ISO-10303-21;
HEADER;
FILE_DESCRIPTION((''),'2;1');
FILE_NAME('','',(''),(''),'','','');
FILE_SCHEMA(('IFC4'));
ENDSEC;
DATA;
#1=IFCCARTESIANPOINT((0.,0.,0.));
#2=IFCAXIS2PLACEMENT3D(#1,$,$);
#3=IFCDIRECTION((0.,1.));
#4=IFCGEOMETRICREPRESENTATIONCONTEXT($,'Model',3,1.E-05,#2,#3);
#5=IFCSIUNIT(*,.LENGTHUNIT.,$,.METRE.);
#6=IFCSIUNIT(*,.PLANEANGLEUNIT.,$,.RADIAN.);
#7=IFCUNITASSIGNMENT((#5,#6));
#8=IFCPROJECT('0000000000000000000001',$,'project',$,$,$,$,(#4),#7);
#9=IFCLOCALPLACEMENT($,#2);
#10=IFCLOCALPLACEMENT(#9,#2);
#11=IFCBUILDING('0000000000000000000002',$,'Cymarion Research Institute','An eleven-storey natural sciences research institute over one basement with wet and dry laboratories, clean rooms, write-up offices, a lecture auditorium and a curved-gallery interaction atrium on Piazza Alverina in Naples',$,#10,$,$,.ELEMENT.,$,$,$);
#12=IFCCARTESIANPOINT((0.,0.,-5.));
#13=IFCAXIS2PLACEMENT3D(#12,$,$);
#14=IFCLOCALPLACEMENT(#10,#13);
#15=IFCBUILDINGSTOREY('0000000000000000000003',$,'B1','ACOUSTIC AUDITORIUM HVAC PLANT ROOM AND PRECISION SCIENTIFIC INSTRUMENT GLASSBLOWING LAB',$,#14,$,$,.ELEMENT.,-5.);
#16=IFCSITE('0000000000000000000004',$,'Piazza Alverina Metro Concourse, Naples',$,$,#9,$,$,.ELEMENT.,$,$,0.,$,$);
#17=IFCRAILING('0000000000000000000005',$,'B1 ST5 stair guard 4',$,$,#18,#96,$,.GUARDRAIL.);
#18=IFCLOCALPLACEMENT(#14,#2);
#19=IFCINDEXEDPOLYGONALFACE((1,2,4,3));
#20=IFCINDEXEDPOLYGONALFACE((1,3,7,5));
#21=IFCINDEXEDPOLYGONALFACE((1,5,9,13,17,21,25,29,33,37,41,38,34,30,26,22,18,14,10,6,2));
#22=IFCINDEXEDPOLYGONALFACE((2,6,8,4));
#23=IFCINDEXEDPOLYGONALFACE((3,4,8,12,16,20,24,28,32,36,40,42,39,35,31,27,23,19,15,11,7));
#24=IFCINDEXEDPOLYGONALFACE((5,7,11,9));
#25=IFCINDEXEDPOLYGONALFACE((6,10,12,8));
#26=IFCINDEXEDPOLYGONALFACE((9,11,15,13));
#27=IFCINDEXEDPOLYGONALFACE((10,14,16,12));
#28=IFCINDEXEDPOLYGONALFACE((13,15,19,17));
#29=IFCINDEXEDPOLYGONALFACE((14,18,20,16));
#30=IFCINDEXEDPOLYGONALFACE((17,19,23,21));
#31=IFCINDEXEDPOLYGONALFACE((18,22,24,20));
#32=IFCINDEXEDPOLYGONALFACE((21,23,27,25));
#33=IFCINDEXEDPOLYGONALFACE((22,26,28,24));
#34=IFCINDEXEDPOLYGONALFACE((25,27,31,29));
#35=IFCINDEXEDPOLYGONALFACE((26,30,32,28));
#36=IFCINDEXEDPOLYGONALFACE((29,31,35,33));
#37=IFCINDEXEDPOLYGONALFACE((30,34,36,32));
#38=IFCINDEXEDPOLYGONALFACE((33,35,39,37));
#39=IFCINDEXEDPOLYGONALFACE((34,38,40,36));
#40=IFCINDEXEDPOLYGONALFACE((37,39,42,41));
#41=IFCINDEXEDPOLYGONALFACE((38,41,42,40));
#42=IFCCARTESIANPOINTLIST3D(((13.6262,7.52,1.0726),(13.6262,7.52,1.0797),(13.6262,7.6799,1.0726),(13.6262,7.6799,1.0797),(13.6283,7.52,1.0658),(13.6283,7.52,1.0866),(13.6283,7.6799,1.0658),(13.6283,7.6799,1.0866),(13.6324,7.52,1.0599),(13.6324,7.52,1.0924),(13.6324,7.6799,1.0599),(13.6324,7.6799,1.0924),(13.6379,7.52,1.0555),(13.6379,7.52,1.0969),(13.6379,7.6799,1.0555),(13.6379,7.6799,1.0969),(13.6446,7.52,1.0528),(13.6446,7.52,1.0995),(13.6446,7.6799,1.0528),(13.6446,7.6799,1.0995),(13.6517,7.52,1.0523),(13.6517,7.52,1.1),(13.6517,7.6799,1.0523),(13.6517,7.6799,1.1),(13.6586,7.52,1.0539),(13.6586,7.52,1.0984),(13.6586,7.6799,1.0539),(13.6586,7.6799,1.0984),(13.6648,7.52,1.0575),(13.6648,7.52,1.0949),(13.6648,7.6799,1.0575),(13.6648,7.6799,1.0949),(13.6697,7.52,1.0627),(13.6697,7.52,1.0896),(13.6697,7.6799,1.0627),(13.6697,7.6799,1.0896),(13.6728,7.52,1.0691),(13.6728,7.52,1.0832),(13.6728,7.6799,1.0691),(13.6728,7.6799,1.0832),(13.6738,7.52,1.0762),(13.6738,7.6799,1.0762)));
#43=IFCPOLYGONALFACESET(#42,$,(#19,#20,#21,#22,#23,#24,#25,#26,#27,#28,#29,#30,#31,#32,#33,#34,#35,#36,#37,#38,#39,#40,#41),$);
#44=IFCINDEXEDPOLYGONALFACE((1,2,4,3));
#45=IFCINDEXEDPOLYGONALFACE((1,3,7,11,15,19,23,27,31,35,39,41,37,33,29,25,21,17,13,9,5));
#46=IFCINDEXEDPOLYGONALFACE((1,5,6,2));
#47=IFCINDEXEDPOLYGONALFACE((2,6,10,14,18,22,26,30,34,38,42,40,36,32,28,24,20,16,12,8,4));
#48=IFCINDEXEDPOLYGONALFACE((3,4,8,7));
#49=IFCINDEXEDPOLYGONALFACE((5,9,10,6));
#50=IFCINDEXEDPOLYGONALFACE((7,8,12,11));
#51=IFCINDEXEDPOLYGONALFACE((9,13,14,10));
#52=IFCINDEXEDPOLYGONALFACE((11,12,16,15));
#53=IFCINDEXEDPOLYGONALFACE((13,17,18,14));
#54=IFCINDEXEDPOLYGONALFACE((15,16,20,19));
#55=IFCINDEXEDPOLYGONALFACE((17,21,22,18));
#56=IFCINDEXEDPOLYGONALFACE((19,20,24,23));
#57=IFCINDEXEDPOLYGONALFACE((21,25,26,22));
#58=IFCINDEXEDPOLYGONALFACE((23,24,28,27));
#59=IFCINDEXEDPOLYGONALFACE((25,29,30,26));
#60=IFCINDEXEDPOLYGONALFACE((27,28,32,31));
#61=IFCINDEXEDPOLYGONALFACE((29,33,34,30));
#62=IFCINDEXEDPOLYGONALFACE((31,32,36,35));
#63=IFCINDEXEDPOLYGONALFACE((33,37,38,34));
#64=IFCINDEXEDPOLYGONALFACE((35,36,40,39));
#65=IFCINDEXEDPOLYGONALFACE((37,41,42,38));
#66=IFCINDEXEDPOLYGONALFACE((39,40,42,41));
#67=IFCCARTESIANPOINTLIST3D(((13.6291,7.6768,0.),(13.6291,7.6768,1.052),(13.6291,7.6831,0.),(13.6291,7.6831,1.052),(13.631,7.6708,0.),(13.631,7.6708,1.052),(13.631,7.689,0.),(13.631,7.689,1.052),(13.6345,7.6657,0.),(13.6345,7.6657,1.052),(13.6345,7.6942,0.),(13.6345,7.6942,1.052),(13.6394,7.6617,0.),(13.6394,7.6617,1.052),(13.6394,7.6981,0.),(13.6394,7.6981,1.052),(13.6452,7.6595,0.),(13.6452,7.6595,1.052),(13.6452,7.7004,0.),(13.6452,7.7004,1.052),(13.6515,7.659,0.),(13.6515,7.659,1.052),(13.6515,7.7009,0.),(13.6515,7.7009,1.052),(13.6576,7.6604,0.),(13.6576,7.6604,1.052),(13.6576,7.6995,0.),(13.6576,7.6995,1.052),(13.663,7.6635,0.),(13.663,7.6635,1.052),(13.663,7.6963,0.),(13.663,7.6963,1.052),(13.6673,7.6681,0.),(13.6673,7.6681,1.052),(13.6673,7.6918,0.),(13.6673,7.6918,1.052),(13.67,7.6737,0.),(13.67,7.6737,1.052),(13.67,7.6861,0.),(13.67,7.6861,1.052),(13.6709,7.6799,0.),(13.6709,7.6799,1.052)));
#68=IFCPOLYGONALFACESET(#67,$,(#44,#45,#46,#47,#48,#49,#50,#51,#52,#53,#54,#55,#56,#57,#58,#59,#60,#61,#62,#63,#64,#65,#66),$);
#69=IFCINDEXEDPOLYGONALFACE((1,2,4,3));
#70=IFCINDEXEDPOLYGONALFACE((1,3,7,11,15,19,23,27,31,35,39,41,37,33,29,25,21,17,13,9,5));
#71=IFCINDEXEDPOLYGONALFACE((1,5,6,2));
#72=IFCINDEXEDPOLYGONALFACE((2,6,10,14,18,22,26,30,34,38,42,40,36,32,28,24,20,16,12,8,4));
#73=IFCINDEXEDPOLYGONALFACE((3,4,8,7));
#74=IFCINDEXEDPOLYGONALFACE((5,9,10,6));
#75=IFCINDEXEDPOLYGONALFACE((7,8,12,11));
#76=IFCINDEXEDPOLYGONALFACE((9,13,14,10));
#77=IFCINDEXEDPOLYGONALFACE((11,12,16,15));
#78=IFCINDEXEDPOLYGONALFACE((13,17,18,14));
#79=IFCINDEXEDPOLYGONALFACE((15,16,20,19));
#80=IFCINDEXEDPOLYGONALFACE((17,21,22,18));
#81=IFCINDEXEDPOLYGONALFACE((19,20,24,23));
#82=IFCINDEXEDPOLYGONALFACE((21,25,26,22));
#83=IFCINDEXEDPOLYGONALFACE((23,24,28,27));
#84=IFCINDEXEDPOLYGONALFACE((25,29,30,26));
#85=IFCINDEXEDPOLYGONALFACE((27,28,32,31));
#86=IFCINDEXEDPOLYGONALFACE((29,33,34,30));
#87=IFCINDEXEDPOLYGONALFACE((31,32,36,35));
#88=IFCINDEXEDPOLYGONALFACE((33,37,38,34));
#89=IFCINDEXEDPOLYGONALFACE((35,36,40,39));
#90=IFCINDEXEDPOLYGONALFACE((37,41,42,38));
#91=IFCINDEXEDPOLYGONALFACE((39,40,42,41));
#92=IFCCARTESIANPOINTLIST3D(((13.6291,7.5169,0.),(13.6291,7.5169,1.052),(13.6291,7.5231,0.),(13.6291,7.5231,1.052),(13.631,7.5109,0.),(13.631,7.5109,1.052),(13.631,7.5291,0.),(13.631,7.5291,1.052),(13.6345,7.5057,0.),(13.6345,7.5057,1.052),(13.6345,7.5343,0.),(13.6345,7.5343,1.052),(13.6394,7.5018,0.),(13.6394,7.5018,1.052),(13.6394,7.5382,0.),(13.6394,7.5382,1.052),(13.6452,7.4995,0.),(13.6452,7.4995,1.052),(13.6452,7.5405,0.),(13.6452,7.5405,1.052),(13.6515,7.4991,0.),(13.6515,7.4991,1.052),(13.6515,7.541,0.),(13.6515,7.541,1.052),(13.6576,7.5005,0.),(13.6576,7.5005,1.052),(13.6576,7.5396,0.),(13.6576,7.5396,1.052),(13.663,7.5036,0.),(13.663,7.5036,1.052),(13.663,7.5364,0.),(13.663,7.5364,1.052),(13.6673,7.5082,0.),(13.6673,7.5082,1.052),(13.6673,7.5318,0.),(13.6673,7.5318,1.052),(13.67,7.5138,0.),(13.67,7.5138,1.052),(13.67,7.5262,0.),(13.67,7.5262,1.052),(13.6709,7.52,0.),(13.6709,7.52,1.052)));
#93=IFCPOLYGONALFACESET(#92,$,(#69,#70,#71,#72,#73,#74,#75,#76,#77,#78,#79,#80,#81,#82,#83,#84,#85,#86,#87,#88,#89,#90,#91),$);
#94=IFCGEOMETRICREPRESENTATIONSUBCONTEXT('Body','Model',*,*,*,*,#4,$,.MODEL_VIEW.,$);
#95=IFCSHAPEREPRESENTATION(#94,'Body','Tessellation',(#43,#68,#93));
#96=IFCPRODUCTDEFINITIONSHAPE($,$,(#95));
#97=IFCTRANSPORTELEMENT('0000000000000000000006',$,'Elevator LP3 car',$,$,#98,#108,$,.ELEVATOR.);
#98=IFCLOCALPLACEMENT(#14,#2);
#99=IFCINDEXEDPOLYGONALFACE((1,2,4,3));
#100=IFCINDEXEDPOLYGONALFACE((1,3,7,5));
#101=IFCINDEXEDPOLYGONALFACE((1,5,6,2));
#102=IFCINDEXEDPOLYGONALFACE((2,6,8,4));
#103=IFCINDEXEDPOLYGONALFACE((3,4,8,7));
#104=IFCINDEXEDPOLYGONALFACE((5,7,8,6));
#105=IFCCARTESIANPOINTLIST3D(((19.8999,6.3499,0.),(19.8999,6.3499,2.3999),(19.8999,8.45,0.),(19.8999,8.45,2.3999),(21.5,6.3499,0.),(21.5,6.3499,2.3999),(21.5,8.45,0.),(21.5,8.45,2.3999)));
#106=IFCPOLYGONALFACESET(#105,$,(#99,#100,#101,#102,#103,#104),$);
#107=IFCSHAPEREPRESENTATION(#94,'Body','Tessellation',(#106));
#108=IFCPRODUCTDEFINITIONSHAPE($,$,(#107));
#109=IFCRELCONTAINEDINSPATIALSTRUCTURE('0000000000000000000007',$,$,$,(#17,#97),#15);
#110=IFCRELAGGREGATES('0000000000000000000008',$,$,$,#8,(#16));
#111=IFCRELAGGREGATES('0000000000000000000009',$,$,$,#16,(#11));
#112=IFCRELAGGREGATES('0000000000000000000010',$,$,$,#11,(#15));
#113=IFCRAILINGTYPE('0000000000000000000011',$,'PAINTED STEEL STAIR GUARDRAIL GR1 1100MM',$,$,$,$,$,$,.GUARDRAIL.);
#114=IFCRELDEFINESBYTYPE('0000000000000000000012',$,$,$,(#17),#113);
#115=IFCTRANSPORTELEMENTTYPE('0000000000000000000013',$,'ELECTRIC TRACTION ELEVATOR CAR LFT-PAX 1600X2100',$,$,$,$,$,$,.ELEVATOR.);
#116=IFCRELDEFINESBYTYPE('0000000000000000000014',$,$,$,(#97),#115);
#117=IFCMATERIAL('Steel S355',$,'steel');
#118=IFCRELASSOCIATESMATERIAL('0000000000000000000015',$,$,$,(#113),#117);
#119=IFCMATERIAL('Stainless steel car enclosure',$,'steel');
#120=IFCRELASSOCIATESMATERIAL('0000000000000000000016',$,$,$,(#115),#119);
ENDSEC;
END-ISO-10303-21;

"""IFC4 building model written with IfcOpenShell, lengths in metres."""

from ifc_helpers import new_model, si_unit, direction, frame, origin, origin_2d, place, context, subcontext, project, spatial, rectangle, circle, extrude, material, type_object, element, save


model = new_model("IFC4")

# Units and contexts
model_context = context("Model", 3, precision=1e-05, world=origin(), true_north=direction((0.0, 1.0)))
body_context = subcontext(model_context, "Body", "Model", "MODEL_VIEW")
ifc_project = project(units=[si_unit("LENGTHUNIT", "METRE"), si_unit("PLANEANGLEUNIT", "RADIAN")], contexts=[model_context])

# Site, building, storey
site_placement = place(None, origin())
site = spatial("IfcSite", under=ifc_project, at=site_placement, Name="Piazza Alverina Metro Concourse, Naples", CompositionType="ELEMENT", RefElevation=0.0)
building_placement = place(site_placement, origin())
building = spatial("IfcBuilding", under=site, at=building_placement, Name="Cymarion Research Institute", Description="An eleven-storey natural sciences research institute over one basement with wet and dry laboratories, clean rooms, write-up offices, a lecture auditorium and a curved-gallery interaction atrium on Piazza Alverina in Naples", CompositionType="ELEMENT")
storey_placement = place(building_placement, frame((0.0, 0.0, -5.0)))
storey = spatial("IfcBuildingStorey", under=building, at=storey_placement, Name="B1", Description="ACOUSTIC AUDITORIUM HVAC PLANT ROOM AND PRECISION SCIENTIFIC INSTRUMENT GLASSBLOWING LAB", CompositionType="ELEMENT", Elevation=-5.0)

# Shared definitions
ifc_material_1 = material(Name="Steel S355", Category="steel")

# Railing
railing_type = type_object("IfcRailingType", Name="PAINTED STEEL STAIR GUARDRAIL GR1 1100MM", PredefinedType="GUARDRAIL", material=ifc_material_1)
railing_1_placement = place(storey_placement, frame((13.6499, 7.6799, 0.0)))
element("IfcRailing", 1, at=railing_1_placement, inside=storey, type_object=railing_type, Name="B1 ST5 stair guard 4", PredefinedType="GUARDRAIL", context=body_context, shape_type="SweptSolid", body=[
    extrude(circle(Radius=0.0239, at=origin_2d()), frame((0.0, 0.0, 1.0762), z_axis=(0.0, -1.0, 0.0), x_axis=(1.0, 0.0, 0.0)), (0.0, 0.0, 1.0), 0.1599),
    extrude(circle(Radius=0.021, at=origin_2d()), origin(), (0.0, 0.0, 1.0), 1.052),
    extrude(circle(Radius=0.021, at=origin_2d()), frame((0.0, -0.1599, 0.0)), (0.0, 0.0, 1.0), 1.052),
])

# Transport element
ifc_material_2 = material(Name="Stainless steel car enclosure", Category="steel")
transport_element_type = type_object("IfcTransportElementType", Name="ELECTRIC TRACTION ELEVATOR CAR LFT-PAX 1600X2100", PredefinedType="ELEVATOR", material=ifc_material_2)
transport_element_placement = place(storey_placement, frame((20.7, 7.3999, 0.0), z_axis=(0.0, 0.0, 1.0), x_axis=(1.0, 0.0, 0.0)))
element("IfcTransportElement", 2, at=transport_element_placement, inside=storey, type_object=transport_element_type, Name="Elevator LP3 car", PredefinedType="ELEVATOR", context=body_context, shape_type="SweptSolid", body=[
    extrude(rectangle(XDim=1.6001, YDim=2.1001, at=origin_2d()), origin(), (0.0, 0.0, 1.0), 2.3999),
])

save(model, "model.ifc")
